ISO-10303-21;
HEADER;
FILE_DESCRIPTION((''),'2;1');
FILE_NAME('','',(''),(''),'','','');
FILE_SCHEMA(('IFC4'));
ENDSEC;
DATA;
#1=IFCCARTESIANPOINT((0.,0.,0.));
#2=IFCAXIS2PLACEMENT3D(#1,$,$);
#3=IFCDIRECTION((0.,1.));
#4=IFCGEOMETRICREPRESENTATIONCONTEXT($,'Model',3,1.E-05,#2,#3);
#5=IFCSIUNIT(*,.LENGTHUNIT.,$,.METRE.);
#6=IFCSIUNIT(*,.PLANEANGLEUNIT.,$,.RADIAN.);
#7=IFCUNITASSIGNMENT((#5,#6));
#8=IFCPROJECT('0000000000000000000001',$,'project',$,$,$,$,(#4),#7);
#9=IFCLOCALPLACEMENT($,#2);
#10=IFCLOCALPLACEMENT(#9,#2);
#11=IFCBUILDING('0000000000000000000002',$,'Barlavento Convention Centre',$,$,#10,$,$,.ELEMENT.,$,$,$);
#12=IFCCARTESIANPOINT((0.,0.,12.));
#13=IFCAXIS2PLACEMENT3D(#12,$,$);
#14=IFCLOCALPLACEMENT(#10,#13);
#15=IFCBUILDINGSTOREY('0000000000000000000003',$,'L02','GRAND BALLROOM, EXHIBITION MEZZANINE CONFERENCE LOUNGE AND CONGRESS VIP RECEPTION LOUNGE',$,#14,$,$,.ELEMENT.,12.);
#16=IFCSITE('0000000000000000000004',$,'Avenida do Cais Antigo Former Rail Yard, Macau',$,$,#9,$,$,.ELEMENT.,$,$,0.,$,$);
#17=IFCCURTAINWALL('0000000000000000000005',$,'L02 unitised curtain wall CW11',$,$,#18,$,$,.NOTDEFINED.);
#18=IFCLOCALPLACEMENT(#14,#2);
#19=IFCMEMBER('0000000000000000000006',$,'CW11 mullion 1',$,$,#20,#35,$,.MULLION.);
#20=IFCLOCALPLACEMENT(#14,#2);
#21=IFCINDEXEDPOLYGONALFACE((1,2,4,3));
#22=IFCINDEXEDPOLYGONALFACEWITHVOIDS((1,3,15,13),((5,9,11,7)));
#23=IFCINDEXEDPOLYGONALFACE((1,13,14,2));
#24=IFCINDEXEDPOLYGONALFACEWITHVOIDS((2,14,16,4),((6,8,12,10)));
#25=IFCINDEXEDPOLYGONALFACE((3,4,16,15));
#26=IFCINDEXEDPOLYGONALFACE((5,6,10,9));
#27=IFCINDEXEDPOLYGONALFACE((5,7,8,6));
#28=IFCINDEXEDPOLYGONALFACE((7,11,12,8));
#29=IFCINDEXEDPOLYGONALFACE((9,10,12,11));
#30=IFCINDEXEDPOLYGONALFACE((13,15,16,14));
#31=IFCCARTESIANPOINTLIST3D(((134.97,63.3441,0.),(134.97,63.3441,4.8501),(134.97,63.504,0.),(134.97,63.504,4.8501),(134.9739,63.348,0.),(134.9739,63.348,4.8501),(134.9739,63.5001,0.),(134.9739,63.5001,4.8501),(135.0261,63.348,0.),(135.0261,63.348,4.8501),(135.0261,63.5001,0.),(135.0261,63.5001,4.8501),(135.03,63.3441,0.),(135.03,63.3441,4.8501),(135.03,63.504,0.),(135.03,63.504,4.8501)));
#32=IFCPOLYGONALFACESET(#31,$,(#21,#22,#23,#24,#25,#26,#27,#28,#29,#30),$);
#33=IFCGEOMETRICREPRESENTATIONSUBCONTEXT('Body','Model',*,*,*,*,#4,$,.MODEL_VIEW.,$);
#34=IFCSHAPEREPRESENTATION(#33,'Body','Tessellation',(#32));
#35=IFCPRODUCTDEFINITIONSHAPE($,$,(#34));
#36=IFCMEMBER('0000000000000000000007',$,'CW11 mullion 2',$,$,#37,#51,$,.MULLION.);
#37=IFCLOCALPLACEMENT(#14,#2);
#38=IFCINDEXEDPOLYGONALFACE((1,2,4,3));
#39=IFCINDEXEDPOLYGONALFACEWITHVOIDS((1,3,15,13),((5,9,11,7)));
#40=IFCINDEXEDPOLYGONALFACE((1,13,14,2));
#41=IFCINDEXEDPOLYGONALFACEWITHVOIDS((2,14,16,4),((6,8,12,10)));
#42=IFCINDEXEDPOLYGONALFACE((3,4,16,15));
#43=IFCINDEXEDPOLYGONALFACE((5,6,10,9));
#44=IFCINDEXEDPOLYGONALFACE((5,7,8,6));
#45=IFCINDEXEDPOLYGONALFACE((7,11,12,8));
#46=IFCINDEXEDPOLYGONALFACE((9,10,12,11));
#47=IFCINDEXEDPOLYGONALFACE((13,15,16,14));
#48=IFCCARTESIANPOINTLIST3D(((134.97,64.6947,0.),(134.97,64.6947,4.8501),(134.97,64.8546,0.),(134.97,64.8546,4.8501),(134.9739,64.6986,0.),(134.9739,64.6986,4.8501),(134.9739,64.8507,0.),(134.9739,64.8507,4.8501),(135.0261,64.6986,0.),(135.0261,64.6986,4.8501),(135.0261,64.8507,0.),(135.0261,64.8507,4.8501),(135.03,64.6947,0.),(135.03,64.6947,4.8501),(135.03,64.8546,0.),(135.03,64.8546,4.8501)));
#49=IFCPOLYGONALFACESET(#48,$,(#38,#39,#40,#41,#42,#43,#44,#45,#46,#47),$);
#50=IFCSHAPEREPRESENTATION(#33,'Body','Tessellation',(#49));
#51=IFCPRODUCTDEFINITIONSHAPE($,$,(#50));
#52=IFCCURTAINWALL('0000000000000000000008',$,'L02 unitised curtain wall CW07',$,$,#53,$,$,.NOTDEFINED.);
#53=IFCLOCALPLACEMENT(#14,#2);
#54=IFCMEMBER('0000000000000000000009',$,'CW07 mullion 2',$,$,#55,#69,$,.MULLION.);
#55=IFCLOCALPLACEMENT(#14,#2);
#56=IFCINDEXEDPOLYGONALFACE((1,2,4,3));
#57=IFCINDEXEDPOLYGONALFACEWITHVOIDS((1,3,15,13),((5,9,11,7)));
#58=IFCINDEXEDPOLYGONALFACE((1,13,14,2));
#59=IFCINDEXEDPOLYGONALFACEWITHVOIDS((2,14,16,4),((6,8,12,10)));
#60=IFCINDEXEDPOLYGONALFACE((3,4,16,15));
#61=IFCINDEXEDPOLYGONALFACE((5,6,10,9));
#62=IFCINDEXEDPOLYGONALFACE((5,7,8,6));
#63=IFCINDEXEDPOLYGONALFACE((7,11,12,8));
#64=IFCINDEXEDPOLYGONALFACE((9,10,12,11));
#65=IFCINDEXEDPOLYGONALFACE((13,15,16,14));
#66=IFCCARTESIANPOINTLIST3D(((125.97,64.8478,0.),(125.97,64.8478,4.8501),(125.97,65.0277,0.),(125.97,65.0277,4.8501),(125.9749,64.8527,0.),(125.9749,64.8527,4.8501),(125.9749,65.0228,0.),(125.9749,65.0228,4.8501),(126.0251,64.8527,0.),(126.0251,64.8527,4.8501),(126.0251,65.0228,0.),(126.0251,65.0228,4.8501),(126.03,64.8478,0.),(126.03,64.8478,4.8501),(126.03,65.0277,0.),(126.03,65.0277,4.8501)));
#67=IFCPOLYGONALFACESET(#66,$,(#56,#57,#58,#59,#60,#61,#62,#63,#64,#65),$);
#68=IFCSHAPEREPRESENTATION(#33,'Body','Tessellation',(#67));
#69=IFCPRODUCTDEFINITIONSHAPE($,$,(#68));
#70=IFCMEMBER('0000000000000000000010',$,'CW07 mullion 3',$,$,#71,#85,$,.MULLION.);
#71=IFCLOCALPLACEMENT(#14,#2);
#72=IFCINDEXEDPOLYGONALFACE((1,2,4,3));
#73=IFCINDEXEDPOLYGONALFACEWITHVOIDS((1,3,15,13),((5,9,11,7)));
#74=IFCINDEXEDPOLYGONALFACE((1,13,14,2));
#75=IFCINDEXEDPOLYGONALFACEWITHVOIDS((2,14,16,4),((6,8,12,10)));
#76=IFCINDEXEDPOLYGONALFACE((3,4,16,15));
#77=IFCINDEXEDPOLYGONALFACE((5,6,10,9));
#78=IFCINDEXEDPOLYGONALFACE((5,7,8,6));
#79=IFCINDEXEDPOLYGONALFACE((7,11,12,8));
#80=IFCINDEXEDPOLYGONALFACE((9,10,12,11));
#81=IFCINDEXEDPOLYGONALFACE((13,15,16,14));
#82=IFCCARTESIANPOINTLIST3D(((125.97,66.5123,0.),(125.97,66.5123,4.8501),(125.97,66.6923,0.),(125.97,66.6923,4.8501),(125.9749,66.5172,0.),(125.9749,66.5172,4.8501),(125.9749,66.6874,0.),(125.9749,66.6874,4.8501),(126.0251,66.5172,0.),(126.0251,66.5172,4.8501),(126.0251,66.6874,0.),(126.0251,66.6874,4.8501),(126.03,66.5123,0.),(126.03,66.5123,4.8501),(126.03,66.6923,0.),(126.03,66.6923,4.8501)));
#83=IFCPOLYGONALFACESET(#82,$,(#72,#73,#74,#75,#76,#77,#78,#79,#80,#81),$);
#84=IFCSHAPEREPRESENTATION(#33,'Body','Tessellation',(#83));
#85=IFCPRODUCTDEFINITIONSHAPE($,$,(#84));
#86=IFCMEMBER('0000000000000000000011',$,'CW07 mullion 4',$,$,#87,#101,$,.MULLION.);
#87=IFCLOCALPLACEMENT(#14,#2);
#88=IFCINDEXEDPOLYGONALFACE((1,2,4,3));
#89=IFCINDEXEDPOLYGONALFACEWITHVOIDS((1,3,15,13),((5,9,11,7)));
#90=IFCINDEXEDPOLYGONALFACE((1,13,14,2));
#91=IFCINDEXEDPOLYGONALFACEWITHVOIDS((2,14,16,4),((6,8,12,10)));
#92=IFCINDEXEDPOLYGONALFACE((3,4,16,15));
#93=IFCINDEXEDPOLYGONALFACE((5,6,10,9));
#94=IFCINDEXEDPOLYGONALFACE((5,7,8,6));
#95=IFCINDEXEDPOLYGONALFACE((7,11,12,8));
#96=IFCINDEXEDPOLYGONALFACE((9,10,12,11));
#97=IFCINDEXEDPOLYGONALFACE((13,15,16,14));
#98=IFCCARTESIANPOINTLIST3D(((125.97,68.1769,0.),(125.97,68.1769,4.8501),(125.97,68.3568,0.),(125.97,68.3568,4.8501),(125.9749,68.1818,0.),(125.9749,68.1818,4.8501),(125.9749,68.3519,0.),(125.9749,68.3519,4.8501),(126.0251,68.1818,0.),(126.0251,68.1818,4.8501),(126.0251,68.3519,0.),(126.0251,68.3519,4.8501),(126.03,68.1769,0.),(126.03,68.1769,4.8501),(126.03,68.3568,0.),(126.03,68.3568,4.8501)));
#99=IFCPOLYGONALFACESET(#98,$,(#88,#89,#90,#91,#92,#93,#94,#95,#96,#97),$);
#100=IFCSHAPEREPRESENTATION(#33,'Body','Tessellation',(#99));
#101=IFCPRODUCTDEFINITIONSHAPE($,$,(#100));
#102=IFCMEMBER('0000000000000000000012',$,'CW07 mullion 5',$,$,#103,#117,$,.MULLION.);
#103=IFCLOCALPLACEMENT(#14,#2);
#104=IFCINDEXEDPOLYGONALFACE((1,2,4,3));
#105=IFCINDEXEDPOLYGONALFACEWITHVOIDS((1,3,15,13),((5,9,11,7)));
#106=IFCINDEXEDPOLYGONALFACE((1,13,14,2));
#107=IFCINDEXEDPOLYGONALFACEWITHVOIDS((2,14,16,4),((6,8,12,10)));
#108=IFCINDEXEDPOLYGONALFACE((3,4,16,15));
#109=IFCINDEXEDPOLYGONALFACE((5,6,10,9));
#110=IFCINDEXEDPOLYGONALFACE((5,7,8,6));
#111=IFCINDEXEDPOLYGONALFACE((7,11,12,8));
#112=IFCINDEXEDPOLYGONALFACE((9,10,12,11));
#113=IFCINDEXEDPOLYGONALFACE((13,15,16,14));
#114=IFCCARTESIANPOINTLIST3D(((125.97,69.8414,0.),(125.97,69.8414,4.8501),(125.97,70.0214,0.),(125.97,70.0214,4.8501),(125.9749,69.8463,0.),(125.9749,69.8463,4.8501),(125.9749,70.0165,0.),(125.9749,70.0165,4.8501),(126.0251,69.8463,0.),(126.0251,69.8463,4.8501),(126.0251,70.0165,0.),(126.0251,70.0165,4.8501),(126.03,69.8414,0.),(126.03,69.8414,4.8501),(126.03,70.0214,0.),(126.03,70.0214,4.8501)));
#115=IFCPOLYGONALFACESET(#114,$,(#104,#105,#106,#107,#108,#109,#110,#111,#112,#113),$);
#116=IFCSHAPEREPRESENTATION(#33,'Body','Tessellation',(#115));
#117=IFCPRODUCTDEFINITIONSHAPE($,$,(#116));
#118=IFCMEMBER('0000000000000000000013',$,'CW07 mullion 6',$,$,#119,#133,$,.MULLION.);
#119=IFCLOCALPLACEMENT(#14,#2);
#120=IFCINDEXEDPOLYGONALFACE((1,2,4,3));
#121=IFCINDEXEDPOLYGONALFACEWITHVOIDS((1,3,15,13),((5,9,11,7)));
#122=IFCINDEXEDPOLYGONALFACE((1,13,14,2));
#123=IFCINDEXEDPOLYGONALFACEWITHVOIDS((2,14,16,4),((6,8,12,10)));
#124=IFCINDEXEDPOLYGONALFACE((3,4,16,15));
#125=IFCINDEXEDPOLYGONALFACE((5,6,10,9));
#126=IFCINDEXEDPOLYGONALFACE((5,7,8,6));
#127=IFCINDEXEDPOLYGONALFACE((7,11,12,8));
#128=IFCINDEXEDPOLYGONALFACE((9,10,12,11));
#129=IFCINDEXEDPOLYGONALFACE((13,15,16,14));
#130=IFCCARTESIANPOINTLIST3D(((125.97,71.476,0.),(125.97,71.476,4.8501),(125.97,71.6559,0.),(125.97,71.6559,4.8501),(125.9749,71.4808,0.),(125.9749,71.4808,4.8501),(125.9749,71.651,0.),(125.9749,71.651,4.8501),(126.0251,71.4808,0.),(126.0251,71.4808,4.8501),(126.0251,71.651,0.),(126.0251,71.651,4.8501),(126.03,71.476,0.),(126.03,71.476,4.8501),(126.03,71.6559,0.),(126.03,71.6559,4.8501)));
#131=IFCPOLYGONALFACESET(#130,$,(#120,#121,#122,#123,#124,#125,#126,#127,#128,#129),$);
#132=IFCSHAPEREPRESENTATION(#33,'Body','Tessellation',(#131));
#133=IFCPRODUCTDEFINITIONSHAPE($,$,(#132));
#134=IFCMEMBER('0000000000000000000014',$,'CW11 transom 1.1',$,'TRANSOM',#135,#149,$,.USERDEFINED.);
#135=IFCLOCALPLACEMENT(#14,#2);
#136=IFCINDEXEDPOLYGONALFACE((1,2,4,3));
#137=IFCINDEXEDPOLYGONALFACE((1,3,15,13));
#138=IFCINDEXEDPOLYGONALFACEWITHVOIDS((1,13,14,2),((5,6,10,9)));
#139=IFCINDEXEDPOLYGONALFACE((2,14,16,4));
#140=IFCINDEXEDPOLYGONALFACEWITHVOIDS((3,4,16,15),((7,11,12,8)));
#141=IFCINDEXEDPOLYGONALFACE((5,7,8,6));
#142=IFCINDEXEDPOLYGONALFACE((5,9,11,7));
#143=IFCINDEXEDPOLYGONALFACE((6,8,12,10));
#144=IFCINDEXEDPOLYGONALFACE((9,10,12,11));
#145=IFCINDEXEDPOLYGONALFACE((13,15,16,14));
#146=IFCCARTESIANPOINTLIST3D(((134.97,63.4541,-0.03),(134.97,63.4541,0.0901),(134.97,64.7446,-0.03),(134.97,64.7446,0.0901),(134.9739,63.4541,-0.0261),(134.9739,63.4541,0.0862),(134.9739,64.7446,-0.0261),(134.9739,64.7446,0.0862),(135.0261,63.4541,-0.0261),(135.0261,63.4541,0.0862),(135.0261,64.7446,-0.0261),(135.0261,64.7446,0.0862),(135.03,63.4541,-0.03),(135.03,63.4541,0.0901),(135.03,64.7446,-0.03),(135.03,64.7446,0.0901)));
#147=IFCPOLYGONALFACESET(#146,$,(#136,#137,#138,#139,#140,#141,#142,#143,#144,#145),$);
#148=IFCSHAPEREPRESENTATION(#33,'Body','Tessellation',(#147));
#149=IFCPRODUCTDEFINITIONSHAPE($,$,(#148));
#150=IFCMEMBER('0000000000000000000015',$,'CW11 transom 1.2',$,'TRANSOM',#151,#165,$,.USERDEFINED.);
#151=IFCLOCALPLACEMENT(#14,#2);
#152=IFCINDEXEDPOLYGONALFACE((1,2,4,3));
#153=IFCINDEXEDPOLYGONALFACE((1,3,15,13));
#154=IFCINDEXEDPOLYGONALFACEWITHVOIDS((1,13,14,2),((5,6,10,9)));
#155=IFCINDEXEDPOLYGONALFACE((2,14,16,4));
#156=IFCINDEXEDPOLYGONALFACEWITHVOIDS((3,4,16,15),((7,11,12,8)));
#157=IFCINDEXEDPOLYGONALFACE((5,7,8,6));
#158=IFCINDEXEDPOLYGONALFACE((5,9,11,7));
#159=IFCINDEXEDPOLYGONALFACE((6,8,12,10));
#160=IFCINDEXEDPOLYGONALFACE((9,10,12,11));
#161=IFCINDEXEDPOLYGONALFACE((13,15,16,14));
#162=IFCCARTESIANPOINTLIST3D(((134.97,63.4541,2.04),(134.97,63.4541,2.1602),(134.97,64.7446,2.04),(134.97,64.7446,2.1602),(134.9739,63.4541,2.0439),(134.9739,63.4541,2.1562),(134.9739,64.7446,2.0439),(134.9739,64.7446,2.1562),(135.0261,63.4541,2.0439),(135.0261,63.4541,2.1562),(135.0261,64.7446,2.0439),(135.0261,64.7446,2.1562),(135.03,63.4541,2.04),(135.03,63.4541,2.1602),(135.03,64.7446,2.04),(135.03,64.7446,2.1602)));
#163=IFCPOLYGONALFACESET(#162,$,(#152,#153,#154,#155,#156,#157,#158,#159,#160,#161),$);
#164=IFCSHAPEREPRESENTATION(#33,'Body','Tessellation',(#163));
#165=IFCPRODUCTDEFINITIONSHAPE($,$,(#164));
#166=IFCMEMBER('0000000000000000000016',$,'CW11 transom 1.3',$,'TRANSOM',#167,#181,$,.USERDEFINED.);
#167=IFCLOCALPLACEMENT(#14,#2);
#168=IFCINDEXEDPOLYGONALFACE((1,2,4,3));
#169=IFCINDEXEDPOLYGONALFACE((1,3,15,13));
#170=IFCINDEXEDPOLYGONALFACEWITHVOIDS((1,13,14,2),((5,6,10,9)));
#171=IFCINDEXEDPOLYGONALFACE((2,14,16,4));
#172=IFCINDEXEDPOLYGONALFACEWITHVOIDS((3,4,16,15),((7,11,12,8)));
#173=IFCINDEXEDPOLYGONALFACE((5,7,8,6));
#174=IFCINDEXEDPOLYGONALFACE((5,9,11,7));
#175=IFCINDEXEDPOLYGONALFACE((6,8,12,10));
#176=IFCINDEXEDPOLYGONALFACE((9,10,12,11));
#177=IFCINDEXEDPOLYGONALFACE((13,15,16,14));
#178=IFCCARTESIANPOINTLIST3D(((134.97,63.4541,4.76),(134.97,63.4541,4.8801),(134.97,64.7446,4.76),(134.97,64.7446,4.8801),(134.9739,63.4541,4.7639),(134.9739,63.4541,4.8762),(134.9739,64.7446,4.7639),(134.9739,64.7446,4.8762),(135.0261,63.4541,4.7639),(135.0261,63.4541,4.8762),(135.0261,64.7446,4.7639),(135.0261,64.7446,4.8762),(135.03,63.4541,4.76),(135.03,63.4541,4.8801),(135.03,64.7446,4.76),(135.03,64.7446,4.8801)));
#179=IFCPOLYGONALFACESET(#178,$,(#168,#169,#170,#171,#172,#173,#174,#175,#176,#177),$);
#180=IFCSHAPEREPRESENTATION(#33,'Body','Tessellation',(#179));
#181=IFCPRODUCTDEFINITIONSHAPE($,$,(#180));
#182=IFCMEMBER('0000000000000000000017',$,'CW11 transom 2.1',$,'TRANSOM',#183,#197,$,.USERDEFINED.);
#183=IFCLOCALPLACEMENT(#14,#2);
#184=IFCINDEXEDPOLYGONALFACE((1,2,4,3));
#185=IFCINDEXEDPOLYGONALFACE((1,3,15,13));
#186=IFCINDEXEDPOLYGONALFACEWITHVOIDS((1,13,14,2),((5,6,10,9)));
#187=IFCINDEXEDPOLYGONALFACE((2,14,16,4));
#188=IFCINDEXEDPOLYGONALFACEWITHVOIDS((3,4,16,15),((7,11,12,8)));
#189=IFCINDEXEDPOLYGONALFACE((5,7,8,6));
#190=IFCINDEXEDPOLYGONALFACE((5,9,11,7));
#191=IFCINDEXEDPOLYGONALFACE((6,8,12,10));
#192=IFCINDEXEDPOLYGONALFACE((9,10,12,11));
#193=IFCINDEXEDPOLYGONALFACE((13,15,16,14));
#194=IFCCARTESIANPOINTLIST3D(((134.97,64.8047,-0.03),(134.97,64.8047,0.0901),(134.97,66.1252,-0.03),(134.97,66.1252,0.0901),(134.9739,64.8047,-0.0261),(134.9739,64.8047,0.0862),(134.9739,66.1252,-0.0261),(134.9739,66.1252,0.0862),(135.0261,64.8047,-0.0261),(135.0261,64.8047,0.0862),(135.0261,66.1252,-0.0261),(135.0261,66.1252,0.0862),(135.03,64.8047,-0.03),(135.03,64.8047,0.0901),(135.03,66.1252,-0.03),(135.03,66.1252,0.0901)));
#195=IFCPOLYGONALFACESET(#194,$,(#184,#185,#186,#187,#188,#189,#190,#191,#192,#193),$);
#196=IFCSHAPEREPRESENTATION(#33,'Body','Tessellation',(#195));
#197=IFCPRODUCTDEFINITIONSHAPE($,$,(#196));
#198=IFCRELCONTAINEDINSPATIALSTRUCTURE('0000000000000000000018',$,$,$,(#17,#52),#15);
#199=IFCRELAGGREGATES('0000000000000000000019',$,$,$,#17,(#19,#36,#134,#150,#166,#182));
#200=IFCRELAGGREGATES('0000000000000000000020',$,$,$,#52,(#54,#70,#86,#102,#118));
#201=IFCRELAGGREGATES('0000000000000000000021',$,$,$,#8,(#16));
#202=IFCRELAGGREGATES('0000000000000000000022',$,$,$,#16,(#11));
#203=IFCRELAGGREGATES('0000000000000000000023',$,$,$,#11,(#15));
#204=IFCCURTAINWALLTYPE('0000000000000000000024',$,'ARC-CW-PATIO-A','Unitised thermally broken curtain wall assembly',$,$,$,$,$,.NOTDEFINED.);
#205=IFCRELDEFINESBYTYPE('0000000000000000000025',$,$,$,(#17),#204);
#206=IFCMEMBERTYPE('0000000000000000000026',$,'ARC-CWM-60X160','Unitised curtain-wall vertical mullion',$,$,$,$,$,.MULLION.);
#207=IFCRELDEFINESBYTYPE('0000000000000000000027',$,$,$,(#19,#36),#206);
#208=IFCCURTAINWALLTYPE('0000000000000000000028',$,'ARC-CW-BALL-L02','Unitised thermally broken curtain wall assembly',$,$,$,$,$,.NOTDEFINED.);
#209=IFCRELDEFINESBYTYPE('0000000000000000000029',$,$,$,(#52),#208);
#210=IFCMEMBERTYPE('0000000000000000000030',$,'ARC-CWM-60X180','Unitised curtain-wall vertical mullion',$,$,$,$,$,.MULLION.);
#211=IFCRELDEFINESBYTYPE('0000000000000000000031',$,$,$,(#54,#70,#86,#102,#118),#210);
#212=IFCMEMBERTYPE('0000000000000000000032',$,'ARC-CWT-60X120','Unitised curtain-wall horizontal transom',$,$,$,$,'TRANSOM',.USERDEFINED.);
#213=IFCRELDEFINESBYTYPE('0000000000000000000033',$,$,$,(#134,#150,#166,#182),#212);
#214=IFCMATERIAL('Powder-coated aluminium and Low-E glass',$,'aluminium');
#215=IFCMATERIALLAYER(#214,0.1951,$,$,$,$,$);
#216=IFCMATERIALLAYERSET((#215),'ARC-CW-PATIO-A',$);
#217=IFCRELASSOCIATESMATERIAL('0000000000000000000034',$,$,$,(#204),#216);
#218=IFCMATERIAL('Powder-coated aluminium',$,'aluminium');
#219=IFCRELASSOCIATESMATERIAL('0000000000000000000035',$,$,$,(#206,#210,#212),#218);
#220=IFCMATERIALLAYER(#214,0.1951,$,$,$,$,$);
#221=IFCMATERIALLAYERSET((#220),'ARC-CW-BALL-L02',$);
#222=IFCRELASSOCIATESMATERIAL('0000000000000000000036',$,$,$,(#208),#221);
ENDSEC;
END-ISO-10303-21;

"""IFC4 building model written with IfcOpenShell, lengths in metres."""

from ifc_helpers import new_model, si_unit, direction, frame, origin, origin_2d, place, context, subcontext, project, spatial, hollow_rectangle, extrude, material, layer, layer_set, material_profile, profile_set, type_object, element, aggregate, save


model = new_model("IFC4")

# Units and contexts
model_context = context("Model", 3, precision=1e-05, world=origin(), true_north=direction((0.0, 1.0)))
body_context = subcontext(model_context, "Body", "Model", "MODEL_VIEW")
ifc_project = project(units=[si_unit("LENGTHUNIT", "METRE"), si_unit("PLANEANGLEUNIT", "RADIAN")], contexts=[model_context])

# Site, building, storey
site_placement = place(None, origin())
site = spatial("IfcSite", under=ifc_project, at=site_placement, Name="Avenida do Cais Antigo Former Rail Yard, Macau", CompositionType="ELEMENT", RefElevation=0.0)
building_placement = place(site_placement, origin())
building = spatial("IfcBuilding", under=site, at=building_placement, Name="Barlavento Convention Centre", CompositionType="ELEMENT")
storey_placement = place(building_placement, frame((0.0, 0.0, 12.0)))
storey = spatial("IfcBuildingStorey", under=building, at=storey_placement, Name="L02", Description="GRAND BALLROOM, EXHIBITION MEZZANINE CONFERENCE LOUNGE AND CONGRESS VIP RECEPTION LOUNGE", CompositionType="ELEMENT", Elevation=12.0)

# Curtain walls, members
ifc_material_1 = material(Name="Powder-coated aluminium and Low-E glass", Category="aluminium")
ifc_layer_1 = layer(ifc_material_1, 0.1951)
ifc_layer_set_1 = layer_set([ifc_layer_1], Name="ARC-CW-PATIO-A")
curtain_wall_type_1 = type_object("IfcCurtainWallType", Name="ARC-CW-PATIO-A", Description="Unitised thermally broken curtain wall assembly", PredefinedType="NOTDEFINED", material=ifc_layer_set_1)
curtain_wall_1_placement = place(storey_placement, origin())
curtain_wall_1 = element("IfcCurtainWall", 1, at=curtain_wall_1_placement, inside=storey, type_object=curtain_wall_type_1, Name="L02 unitised curtain wall CW11", PredefinedType="NOTDEFINED")
ifc_material_2 = material(Name="Powder-coated aluminium", Category="aluminium")
ifc_material_profile_1 = material_profile(ifc_material_2, hollow_rectangle(XDim=0.0601, YDim=0.1599, WallThickness=0.0039, at=origin_2d()), Name="AL-MULL 60x160x4")
ifc_profile_set_1 = profile_set([ifc_material_profile_1], Name="Powder-coated aluminium")
member_type_1 = type_object("IfcMemberType", Name="ARC-CWM-60X160", Description="Unitised curtain-wall vertical mullion", PredefinedType="MULLION", material=ifc_profile_set_1)
member_1_placement = place(storey_placement, frame((135.0, 63.4241, 0.0), z_axis=(0.0, 0.0, 1.0), x_axis=(-1.0, 0.0, 0.0)))
member_1 = element("IfcMember", 2, at=member_1_placement, type_object=member_type_1, Name="CW11 mullion 1", PredefinedType="MULLION", context=body_context, shape_type="SweptSolid", body=[
    extrude(hollow_rectangle(XDim=0.0601, YDim=0.1599, WallThickness=0.0039, at=origin_2d()), origin(), (0.0, 0.0, 1.0), 4.8501),
])
member_2_placement = place(storey_placement, frame((135.0, 64.7747, 0.0), z_axis=(0.0, 0.0, 1.0), x_axis=(-1.0, 0.0, 0.0)))
member_2 = element("IfcMember", 3, at=member_2_placement, type_object=member_type_1, Name="CW11 mullion 2", PredefinedType="MULLION", context=body_context, shape_type="SweptSolid", body=[
    extrude(hollow_rectangle(XDim=0.0601, YDim=0.1599, WallThickness=0.0039, at=origin_2d()), origin(), (0.0, 0.0, 1.0), 4.8501),
])
ifc_layer_2 = layer(ifc_material_1, 0.1951)
ifc_layer_set_2 = layer_set([ifc_layer_2], Name="ARC-CW-BALL-L02")
curtain_wall_type_2 = type_object("IfcCurtainWallType", Name="ARC-CW-BALL-L02", Description="Unitised thermally broken curtain wall assembly", PredefinedType="NOTDEFINED", material=ifc_layer_set_2)
curtain_wall_2_placement = place(storey_placement, origin())
curtain_wall_2 = element("IfcCurtainWall", 4, at=curtain_wall_2_placement, inside=storey, type_object=curtain_wall_type_2, Name="L02 unitised curtain wall CW07", PredefinedType="NOTDEFINED")
ifc_material_profile_2 = material_profile(ifc_material_2, hollow_rectangle(XDim=0.0601, YDim=0.1799, WallThickness=0.0049, at=origin_2d()), Name="AL-MULL 60x180x5")
ifc_profile_set_2 = profile_set([ifc_material_profile_2], Name="Powder-coated aluminium")
member_type_2 = type_object("IfcMemberType", Name="ARC-CWM-60X180", Description="Unitised curtain-wall vertical mullion", PredefinedType="MULLION", material=ifc_profile_set_2)
member_3_placement = place(storey_placement, frame((126.0, 64.9377, 0.0), z_axis=(0.0, 0.0, 1.0), x_axis=(-1.0, 0.0, 0.0)))
member_3 = element("IfcMember", 5, at=member_3_placement, type_object=member_type_2, Name="CW07 mullion 2", PredefinedType="MULLION", context=body_context, shape_type="SweptSolid", body=[
    extrude(hollow_rectangle(XDim=0.0601, YDim=0.1799, WallThickness=0.0049, at=origin_2d()), origin(), (0.0, 0.0, 1.0), 4.8501),
])
member_4_placement = place(storey_placement, frame((126.0, 66.6023, 0.0), z_axis=(0.0, 0.0, 1.0), x_axis=(-1.0, 0.0, 0.0)))
member_4 = element("IfcMember", 6, at=member_4_placement, type_object=member_type_2, Name="CW07 mullion 3", PredefinedType="MULLION", context=body_context, shape_type="SweptSolid", body=[
    extrude(hollow_rectangle(XDim=0.0601, YDim=0.1799, WallThickness=0.0049, at=origin_2d()), origin(), (0.0, 0.0, 1.0), 4.8501),
])
member_5_placement = place(storey_placement, frame((126.0, 68.2668, 0.0), z_axis=(0.0, 0.0, 1.0), x_axis=(-1.0, 0.0, 0.0)))
member_5 = element("IfcMember", 7, at=member_5_placement, type_object=member_type_2, Name="CW07 mullion 4", PredefinedType="MULLION", context=body_context, shape_type="SweptSolid", body=[
    extrude(hollow_rectangle(XDim=0.0601, YDim=0.1799, WallThickness=0.0049, at=origin_2d()), origin(), (0.0, 0.0, 1.0), 4.8501),
])
member_6_placement = place(storey_placement, frame((126.0, 69.9314, 0.0), z_axis=(0.0, 0.0, 1.0), x_axis=(-1.0, 0.0, 0.0)))
member_6 = element("IfcMember", 8, at=member_6_placement, type_object=member_type_2, Name="CW07 mullion 5", PredefinedType="MULLION", context=body_context, shape_type="SweptSolid", body=[
    extrude(hollow_rectangle(XDim=0.0601, YDim=0.1799, WallThickness=0.0049, at=origin_2d()), origin(), (0.0, 0.0, 1.0), 4.8501),
])
member_7_placement = place(storey_placement, frame((126.0, 71.5659, 0.0), z_axis=(0.0, 0.0, 1.0), x_axis=(-1.0, 0.0, 0.0)))
member_7 = element("IfcMember", 9, at=member_7_placement, type_object=member_type_2, Name="CW07 mullion 6", PredefinedType="MULLION", context=body_context, shape_type="SweptSolid", body=[
    extrude(hollow_rectangle(XDim=0.0601, YDim=0.1799, WallThickness=0.0049, at=origin_2d()), origin(), (0.0, 0.0, 1.0), 4.8501),
])

# Members
ifc_material_profile_3 = material_profile(ifc_material_2, hollow_rectangle(XDim=0.0601, YDim=0.1201, WallThickness=0.0039, at=origin_2d()), Name="AL-TRAN 60x120x4")
ifc_profile_set_3 = profile_set([ifc_material_profile_3], Name="Powder-coated aluminium")
member_type_3 = type_object("IfcMemberType", Name="ARC-CWT-60X120", Description="Unitised curtain-wall horizontal transom", ElementType="TRANSOM", PredefinedType="USERDEFINED", material=ifc_profile_set_3)
member_8_placement = place(storey_placement, frame((135.0, 63.4541, 0.03), z_axis=(0.0, 1.0, 0.0), x_axis=(-1.0, 0.0, 0.0)))
member_8 = element("IfcMember", 10, at=member_8_placement, type_object=member_type_3, Name="CW11 transom 1.1", ObjectType="TRANSOM", PredefinedType="USERDEFINED", context=body_context, shape_type="SweptSolid", body=[
    extrude(hollow_rectangle(XDim=0.0601, YDim=0.1201, WallThickness=0.0039, at=origin_2d()), origin(), (0.0, 0.0, 1.0), 1.2905),
])
member_9_placement = place(storey_placement, frame((135.0, 63.4541, 2.1001), z_axis=(0.0, 1.0, 0.0), x_axis=(-1.0, 0.0, 0.0)))
member_9 = element("IfcMember", 11, at=member_9_placement, type_object=member_type_3, Name="CW11 transom 1.2", ObjectType="TRANSOM", PredefinedType="USERDEFINED", context=body_context, shape_type="SweptSolid", body=[
    extrude(hollow_rectangle(XDim=0.0601, YDim=0.1201, WallThickness=0.0039, at=origin_2d()), origin(), (0.0, 0.0, 1.0), 1.2905),
])
member_10_placement = place(storey_placement, frame((135.0, 63.4541, 4.8201), z_axis=(0.0, 1.0, 0.0), x_axis=(-1.0, 0.0, 0.0)))
member_10 = element("IfcMember", 12, at=member_10_placement, type_object=member_type_3, Name="CW11 transom 1.3", ObjectType="TRANSOM", PredefinedType="USERDEFINED", context=body_context, shape_type="SweptSolid", body=[
    extrude(hollow_rectangle(XDim=0.0601, YDim=0.1201, WallThickness=0.0039, at=origin_2d()), origin(), (0.0, 0.0, 1.0), 1.2905),
])
member_11_placement = place(storey_placement, frame((135.0, 64.8047, 0.03), z_axis=(0.0, 1.0, 0.0), x_axis=(-1.0, 0.0, 0.0)))
member_11 = element("IfcMember", 13, at=member_11_placement, type_object=member_type_3, Name="CW11 transom 2.1", ObjectType="TRANSOM", PredefinedType="USERDEFINED", context=body_context, shape_type="SweptSolid", body=[
    extrude(hollow_rectangle(XDim=0.0601, YDim=0.1201, WallThickness=0.0039, at=origin_2d()), origin(), (0.0, 0.0, 1.0), 1.3206),
])

aggregate(curtain_wall_1, [member_1, member_2, member_8, member_9, member_10, member_11])
aggregate(curtain_wall_2, [member_3, member_4, member_5, member_6, member_7])

save(model, "model.ifc")
